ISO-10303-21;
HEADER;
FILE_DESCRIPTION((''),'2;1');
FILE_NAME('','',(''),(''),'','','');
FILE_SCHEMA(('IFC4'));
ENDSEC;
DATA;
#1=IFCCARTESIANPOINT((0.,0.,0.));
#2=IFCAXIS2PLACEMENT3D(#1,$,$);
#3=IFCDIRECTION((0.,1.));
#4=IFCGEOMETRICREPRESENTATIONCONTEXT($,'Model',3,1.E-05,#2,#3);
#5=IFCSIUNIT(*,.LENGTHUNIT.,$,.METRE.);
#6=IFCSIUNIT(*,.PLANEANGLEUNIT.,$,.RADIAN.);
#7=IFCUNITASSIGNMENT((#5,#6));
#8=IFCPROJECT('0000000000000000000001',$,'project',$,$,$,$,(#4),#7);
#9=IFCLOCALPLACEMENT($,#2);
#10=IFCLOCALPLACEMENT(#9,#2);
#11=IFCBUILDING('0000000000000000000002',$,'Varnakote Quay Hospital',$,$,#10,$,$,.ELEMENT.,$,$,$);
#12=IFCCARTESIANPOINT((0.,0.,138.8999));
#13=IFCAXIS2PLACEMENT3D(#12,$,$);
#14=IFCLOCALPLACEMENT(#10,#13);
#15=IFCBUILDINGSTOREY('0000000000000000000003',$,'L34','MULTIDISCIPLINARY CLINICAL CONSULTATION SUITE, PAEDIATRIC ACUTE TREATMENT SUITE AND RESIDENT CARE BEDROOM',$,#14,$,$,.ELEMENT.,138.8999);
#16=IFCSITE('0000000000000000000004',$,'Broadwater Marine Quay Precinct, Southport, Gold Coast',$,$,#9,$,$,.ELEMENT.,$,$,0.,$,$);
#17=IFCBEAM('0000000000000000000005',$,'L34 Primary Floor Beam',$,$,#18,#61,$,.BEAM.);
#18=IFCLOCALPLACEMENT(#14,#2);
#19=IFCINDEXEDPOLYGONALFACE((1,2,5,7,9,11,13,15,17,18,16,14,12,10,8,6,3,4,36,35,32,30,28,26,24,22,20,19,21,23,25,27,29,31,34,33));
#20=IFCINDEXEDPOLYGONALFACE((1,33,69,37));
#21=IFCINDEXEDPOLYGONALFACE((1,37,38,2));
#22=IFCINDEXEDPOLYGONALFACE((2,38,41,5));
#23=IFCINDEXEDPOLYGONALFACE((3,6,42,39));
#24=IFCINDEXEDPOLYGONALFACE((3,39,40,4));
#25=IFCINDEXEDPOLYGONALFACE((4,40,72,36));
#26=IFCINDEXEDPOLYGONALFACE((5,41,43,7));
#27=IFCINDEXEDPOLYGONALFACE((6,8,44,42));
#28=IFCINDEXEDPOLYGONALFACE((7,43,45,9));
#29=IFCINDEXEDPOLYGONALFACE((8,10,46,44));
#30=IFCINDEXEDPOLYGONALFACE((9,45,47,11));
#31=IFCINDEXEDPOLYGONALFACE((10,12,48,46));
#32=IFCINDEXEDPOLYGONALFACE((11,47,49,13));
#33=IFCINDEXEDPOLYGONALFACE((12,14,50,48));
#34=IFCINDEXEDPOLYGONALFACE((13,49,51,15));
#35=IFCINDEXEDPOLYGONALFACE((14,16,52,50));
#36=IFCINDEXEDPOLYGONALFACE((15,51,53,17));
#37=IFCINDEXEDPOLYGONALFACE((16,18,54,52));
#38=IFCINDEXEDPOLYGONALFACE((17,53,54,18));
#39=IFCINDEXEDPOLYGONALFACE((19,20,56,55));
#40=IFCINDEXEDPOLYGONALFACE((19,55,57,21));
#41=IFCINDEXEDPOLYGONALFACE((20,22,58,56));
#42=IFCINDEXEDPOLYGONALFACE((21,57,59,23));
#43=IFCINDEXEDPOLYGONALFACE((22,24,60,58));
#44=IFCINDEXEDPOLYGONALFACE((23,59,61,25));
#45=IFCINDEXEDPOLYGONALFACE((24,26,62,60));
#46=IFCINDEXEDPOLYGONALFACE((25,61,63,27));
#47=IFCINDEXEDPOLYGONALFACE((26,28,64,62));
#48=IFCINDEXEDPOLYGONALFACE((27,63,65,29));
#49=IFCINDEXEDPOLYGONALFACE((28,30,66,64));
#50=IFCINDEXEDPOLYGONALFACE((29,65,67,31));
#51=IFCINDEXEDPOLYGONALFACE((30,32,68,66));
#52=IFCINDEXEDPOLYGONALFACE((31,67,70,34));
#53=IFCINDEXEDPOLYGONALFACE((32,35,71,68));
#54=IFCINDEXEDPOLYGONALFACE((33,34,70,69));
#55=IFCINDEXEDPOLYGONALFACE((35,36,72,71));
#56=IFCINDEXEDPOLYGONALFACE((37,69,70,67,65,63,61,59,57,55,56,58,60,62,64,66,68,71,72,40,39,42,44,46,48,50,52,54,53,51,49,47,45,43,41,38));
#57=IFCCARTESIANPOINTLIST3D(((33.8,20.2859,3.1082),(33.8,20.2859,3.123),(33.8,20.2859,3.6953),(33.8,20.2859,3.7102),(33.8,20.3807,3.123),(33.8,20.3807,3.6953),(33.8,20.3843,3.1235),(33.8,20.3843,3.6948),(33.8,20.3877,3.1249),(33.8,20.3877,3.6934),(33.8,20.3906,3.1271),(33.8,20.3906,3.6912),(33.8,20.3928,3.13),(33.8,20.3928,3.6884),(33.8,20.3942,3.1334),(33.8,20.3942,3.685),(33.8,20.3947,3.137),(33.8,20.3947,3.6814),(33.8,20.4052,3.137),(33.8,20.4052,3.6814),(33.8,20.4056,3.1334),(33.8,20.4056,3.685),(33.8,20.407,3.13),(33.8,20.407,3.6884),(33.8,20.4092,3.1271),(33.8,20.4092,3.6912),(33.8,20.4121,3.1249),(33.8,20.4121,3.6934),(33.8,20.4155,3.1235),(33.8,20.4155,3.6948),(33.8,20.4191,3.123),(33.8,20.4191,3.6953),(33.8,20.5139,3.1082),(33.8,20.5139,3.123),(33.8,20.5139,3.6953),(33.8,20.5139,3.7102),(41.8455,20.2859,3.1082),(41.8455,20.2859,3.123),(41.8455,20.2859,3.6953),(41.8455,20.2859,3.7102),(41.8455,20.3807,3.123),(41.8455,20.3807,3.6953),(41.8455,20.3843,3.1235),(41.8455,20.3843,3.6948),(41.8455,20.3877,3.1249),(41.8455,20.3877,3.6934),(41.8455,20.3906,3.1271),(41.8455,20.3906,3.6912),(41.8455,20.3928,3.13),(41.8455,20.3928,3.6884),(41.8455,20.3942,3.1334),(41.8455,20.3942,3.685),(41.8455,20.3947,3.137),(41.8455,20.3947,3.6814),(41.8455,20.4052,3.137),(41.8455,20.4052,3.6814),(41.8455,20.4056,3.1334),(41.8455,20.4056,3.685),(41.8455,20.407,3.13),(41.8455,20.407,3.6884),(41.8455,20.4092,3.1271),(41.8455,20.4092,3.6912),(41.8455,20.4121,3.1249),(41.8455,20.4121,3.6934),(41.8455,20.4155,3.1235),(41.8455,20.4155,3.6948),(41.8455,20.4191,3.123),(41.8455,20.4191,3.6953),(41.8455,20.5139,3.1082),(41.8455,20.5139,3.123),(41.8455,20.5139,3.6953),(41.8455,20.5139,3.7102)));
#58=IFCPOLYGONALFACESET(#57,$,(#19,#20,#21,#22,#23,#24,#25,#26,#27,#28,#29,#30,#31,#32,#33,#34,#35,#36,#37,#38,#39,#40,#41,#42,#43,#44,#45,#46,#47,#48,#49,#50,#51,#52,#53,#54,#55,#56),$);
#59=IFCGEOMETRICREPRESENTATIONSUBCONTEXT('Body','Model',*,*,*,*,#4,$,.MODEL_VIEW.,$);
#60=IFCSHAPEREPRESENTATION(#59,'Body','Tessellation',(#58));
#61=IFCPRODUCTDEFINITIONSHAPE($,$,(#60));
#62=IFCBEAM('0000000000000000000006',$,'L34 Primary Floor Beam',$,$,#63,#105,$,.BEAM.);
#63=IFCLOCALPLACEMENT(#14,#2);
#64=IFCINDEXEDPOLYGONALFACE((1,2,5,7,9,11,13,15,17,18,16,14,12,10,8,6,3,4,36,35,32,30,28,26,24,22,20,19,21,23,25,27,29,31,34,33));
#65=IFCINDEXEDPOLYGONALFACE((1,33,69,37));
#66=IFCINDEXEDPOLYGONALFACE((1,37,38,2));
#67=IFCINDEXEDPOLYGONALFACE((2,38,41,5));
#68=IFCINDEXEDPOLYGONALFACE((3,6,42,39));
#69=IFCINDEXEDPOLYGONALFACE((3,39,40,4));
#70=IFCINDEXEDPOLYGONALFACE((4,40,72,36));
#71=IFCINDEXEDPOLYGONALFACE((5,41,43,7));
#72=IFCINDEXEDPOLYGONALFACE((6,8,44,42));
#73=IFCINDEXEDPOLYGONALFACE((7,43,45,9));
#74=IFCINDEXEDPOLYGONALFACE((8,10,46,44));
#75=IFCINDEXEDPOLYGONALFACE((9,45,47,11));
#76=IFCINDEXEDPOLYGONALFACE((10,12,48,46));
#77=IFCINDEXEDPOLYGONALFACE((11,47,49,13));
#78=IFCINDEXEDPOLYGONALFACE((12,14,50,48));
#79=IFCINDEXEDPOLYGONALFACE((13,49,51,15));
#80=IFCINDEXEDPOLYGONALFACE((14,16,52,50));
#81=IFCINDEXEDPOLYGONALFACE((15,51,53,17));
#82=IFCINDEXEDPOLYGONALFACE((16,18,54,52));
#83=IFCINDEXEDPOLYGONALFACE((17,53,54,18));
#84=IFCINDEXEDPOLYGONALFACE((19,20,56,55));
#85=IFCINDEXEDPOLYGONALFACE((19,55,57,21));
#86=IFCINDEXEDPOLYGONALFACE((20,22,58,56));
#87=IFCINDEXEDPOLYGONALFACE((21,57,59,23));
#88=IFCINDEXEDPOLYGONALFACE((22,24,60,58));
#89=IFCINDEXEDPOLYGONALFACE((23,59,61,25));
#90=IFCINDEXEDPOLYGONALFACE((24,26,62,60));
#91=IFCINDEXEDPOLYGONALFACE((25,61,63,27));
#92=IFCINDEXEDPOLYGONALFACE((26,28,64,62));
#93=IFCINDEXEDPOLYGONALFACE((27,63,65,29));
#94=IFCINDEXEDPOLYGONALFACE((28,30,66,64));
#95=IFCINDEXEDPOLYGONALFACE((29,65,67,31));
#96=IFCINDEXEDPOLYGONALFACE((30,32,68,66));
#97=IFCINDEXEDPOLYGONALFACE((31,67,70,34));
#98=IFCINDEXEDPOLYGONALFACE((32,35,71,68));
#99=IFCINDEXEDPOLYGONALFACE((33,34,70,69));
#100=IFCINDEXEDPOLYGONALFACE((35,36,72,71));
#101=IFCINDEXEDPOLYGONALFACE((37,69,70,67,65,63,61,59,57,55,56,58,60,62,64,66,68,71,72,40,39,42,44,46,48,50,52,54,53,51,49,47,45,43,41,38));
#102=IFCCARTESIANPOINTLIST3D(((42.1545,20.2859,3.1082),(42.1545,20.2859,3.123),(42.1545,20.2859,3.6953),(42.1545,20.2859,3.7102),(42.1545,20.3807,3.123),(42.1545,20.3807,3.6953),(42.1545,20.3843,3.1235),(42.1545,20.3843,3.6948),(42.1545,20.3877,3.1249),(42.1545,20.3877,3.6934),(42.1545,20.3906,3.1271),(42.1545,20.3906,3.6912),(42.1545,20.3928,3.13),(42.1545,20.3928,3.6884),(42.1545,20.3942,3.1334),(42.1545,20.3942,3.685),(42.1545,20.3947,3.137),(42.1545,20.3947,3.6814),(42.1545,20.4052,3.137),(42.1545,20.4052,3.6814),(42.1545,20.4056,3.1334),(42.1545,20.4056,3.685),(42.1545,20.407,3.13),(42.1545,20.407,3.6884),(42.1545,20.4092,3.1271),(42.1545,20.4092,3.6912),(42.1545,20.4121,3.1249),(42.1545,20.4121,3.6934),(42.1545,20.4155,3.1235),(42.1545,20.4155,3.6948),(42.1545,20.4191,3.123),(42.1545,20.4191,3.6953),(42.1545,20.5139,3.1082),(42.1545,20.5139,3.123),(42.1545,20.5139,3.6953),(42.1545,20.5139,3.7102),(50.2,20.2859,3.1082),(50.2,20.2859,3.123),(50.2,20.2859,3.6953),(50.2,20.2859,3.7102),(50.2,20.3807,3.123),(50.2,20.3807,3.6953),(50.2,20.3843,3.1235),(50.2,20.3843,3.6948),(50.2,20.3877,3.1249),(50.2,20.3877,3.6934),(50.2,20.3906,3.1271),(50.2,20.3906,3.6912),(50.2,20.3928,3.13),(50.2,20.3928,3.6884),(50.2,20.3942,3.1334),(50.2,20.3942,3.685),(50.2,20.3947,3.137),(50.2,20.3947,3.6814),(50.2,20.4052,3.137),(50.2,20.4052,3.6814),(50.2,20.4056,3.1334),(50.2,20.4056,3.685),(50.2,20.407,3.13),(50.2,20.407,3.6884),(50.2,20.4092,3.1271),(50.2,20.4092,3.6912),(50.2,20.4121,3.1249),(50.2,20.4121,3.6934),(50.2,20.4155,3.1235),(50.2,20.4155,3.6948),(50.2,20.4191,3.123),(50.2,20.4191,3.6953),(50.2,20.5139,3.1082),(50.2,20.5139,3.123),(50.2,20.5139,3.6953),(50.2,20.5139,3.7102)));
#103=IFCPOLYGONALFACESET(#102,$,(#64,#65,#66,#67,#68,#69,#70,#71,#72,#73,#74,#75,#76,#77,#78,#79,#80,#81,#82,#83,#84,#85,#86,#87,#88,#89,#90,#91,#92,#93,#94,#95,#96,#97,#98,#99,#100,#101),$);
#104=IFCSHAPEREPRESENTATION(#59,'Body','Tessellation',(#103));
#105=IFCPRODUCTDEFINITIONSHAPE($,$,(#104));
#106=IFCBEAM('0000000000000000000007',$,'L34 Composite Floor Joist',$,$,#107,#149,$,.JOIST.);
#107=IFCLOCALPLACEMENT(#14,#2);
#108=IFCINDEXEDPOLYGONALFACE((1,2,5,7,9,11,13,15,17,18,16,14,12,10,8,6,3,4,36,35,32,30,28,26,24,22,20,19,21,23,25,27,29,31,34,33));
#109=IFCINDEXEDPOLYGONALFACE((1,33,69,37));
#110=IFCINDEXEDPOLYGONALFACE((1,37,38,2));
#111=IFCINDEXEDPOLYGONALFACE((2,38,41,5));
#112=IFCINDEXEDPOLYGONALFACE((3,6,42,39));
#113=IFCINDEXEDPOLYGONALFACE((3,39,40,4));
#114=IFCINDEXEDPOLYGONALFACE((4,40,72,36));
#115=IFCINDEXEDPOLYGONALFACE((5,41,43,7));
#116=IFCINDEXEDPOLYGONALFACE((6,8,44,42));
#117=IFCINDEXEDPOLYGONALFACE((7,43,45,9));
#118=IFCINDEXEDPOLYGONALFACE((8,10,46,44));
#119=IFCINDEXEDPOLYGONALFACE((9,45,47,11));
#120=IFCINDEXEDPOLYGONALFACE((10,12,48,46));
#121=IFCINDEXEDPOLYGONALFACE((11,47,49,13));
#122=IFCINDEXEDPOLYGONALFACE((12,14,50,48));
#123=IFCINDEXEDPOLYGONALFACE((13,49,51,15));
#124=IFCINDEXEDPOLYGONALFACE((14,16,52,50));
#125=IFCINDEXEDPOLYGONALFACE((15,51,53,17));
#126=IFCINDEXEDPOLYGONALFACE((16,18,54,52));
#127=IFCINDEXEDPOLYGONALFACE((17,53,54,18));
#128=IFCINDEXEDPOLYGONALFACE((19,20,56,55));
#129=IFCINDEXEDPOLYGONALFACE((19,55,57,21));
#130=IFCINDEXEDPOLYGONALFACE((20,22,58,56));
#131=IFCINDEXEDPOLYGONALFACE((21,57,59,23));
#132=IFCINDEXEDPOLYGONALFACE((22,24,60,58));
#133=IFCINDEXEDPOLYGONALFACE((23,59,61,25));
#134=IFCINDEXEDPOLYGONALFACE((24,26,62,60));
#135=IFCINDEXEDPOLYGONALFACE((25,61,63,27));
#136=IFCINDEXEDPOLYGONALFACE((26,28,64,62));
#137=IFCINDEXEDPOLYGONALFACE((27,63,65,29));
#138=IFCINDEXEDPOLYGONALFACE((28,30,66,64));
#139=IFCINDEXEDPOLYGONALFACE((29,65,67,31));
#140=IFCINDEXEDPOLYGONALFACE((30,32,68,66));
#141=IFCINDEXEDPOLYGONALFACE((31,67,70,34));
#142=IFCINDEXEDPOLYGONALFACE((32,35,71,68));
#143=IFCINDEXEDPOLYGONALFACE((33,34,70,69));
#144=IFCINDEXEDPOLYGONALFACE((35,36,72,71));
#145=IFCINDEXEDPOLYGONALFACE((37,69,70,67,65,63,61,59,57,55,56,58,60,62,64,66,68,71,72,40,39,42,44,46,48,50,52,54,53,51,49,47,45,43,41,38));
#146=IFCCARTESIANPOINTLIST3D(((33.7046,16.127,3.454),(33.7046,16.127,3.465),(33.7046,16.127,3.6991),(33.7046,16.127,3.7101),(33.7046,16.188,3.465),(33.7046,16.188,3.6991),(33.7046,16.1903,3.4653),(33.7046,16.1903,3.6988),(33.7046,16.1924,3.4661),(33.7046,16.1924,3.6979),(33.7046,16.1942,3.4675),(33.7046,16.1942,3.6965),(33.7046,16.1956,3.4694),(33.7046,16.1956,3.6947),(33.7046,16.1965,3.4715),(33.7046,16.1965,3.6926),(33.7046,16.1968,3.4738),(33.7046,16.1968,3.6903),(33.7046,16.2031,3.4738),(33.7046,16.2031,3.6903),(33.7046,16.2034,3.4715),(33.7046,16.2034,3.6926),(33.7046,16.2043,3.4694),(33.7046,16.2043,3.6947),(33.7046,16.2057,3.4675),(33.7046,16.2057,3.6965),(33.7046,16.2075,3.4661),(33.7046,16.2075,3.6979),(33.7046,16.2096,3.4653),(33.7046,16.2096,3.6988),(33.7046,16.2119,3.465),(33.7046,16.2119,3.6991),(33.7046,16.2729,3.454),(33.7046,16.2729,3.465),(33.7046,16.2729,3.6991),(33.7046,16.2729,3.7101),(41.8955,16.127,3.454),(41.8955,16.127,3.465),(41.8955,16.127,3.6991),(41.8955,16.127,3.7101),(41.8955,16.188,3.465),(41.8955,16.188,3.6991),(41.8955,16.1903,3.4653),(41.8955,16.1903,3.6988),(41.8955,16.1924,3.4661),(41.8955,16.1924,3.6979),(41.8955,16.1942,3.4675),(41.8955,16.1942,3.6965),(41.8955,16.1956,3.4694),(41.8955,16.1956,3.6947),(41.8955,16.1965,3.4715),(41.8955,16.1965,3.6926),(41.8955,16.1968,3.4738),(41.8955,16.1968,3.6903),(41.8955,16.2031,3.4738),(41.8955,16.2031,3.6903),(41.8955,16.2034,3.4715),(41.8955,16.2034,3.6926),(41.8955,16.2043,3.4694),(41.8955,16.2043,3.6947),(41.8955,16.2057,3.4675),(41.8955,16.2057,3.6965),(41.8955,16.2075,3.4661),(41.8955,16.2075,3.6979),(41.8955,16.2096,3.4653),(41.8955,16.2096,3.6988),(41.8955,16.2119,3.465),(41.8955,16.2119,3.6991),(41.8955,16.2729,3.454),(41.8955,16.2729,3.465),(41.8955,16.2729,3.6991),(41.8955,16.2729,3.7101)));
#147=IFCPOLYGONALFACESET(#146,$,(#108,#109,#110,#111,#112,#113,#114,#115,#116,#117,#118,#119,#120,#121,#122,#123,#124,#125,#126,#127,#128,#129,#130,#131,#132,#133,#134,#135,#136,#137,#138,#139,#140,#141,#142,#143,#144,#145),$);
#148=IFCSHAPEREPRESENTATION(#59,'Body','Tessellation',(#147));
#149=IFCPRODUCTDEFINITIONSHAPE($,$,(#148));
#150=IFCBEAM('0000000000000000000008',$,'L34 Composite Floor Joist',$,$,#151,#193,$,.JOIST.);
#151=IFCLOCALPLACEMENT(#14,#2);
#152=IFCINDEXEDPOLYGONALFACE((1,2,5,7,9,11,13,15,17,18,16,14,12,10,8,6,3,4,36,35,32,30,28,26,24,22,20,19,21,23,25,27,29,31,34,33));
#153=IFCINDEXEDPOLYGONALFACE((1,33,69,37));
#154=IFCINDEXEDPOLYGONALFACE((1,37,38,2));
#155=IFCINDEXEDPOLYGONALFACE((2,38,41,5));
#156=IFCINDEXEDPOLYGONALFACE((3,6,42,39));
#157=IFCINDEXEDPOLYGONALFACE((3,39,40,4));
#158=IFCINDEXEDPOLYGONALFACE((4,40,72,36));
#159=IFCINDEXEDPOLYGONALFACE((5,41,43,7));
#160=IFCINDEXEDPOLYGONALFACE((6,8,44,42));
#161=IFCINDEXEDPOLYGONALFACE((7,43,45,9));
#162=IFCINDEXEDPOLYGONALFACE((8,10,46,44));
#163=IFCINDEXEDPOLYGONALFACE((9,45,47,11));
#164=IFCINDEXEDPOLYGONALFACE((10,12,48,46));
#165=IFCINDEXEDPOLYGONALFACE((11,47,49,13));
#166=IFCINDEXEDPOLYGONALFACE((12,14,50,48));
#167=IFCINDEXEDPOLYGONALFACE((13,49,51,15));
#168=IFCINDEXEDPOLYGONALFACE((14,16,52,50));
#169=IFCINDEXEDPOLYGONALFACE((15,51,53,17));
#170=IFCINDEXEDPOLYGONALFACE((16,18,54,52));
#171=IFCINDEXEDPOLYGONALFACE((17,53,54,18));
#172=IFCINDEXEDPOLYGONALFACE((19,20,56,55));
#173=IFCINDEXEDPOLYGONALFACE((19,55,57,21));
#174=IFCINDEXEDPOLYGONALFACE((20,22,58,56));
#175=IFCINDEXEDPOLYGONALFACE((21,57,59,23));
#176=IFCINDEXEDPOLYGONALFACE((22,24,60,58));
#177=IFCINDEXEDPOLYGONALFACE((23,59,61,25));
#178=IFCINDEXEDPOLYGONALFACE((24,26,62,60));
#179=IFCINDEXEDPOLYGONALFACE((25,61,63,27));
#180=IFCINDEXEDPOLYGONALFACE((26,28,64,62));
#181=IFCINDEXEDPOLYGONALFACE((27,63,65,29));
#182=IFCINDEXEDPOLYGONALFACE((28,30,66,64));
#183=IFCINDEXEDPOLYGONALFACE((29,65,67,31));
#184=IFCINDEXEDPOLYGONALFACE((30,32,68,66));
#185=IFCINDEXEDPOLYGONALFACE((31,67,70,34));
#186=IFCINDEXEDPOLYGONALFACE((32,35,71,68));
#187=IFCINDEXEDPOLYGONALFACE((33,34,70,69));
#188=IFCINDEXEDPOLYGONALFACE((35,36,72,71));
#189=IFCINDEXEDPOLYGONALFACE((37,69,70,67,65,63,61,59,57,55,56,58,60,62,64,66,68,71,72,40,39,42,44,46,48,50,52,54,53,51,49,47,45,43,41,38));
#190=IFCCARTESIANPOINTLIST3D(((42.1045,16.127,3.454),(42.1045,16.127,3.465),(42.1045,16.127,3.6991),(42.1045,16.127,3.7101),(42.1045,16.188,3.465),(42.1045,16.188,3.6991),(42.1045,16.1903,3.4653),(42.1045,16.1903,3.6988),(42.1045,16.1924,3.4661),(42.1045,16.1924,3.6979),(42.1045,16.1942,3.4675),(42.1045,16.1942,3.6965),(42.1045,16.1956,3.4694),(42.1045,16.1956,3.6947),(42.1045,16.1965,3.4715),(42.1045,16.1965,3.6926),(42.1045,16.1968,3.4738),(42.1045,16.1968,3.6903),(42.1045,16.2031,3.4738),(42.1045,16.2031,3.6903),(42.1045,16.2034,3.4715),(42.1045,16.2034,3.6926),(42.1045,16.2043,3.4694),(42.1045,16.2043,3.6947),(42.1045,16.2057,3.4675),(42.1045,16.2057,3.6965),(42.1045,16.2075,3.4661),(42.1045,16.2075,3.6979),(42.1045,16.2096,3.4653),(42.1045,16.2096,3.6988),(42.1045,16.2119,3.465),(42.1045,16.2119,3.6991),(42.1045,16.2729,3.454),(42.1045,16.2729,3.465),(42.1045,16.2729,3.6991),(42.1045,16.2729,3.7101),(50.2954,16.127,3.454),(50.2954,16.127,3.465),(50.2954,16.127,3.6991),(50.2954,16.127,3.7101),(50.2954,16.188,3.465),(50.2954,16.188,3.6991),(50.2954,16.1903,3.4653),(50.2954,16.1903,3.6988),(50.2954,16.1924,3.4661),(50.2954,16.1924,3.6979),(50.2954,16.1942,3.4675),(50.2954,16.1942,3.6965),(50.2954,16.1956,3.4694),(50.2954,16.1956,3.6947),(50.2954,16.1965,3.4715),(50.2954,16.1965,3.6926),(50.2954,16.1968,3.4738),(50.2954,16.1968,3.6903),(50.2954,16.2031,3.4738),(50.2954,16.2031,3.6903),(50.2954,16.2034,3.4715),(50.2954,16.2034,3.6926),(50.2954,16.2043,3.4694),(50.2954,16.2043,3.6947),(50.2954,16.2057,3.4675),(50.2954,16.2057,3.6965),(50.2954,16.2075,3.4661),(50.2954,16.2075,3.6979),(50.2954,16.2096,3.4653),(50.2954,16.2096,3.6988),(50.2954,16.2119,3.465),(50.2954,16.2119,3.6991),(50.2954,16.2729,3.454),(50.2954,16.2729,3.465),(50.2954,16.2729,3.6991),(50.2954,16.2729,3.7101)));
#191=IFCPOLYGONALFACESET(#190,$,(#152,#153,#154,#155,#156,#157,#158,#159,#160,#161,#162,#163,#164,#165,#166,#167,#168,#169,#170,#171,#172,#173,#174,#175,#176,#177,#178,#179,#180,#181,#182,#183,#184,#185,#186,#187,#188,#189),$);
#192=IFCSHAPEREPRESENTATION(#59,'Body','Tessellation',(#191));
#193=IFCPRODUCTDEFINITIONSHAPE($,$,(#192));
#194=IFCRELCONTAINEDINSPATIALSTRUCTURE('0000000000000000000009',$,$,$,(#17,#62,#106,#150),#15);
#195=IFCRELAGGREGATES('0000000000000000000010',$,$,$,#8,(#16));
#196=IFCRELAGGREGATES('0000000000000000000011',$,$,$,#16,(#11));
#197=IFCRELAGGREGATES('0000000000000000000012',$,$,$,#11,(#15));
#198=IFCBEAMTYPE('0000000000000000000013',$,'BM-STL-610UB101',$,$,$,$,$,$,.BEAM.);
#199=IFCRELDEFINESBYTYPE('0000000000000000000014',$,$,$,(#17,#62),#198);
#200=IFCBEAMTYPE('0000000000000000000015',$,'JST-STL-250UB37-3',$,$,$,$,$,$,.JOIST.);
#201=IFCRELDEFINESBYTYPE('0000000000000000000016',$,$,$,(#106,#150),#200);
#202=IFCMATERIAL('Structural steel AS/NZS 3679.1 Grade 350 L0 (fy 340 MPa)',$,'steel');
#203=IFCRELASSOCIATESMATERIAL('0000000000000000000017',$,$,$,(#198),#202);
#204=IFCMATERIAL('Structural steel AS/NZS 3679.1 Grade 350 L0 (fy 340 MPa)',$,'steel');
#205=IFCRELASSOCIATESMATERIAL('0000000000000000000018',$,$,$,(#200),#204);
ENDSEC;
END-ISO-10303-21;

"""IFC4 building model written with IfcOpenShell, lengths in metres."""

from ifc_helpers import new_model, si_unit, direction, frame, origin, origin_2d, place, context, subcontext, project, spatial, i_section, extrude, material, material_profile, profile_set, type_object, element, save


model = new_model("IFC4")

# Units and contexts
model_context = context("Model", 3, precision=1e-05, world=origin(), true_north=direction((0.0, 1.0)))
body_context = subcontext(model_context, "Body", "Model", "MODEL_VIEW")
ifc_project = project(units=[si_unit("LENGTHUNIT", "METRE"), si_unit("PLANEANGLEUNIT", "RADIAN")], contexts=[model_context])

# Site, building, storey
site_placement = place(None, origin())
site = spatial("IfcSite", under=ifc_project, at=site_placement, Name="Broadwater Marine Quay Precinct, Southport, Gold Coast", CompositionType="ELEMENT", RefElevation=0.0)
building_placement = place(site_placement, origin())
building = spatial("IfcBuilding", under=site, at=building_placement, Name="Varnakote Quay Hospital", CompositionType="ELEMENT")
storey_placement = place(building_placement, frame((0.0, 0.0, 138.8999)))
storey = spatial("IfcBuildingStorey", under=building, at=storey_placement, Name="L34", Description="MULTIDISCIPLINARY CLINICAL CONSULTATION SUITE, PAEDIATRIC ACUTE TREATMENT SUITE AND RESIDENT CARE BEDROOM", CompositionType="ELEMENT", Elevation=138.8999)

# Beams
ifc_material_1 = material(Name="Structural steel AS/NZS 3679.1 Grade 350 L0 (fy 340 MPa)", Category="steel")
ifc_material_profile_1 = material_profile(ifc_material_1, i_section(OverallWidth=0.228, OverallDepth=0.6021, WebThickness=0.0105, FlangeThickness=0.0149, FilletRadius=0.0139, at=origin_2d()), Name="610UB101")
ifc_profile_set_1 = profile_set([ifc_material_profile_1], Name="Structural steel AS/NZS 3679.1 Grade 350 L0 (fy 340 MPa)")
beam_type_1 = type_object("IfcBeamType", Name="BM-STL-610UB101", PredefinedType="BEAM", material=ifc_profile_set_1)
for number, where, z_axis, x_axis, name in (
    (1, (33.8, 20.3999, 3.4092), (1.0, 0.0, 0.0), (0.0, 1.0, 0.0), "L34 Primary Floor Beam"),
    (2, (42.1545, 20.3999, 3.4092), (1.0, 0.0, 0.0), (0.0, 1.0, 0.0), "L34 Primary Floor Beam"),
):
    element("IfcBeam", number, at=place(storey_placement, frame(where, z_axis=z_axis, x_axis=x_axis)), inside=storey, type_object=beam_type_1, Name=name, PredefinedType="BEAM", context=body_context, shape_type="SweptSolid", body=[
        extrude(i_section(OverallWidth=0.228, OverallDepth=0.6021, WebThickness=0.0105, FlangeThickness=0.0149, FilletRadius=0.0139, at=origin_2d()), origin(), (0.0, 0.0, 1.0), 8.0454),
    ])
ifc_material_2 = material(Name="Structural steel AS/NZS 3679.1 Grade 350 L0 (fy 340 MPa)", Category="steel")
ifc_material_profile_2 = material_profile(ifc_material_2, i_section(OverallWidth=0.146, OverallDepth=0.2561, WebThickness=0.0063, FlangeThickness=0.011, FilletRadius=0.0088, at=origin_2d()), Name="250UB37.3")
ifc_profile_set_2 = profile_set([ifc_material_profile_2], Name="Structural steel AS/NZS 3679.1 Grade 350 L0 (fy 340 MPa)")
beam_type_2 = type_object("IfcBeamType", Name="JST-STL-250UB37-3", PredefinedType="JOIST", material=ifc_profile_set_2)
for number, where, z_axis, x_axis, name in (
    (3, (33.7046, 16.2, 3.582), (1.0, 0.0, 0.0), (0.0, 1.0, 0.0), "L34 Composite Floor Joist"),
    (4, (42.1045, 16.2, 3.582), (1.0, 0.0, 0.0), (0.0, 1.0, 0.0), "L34 Composite Floor Joist"),
):
    element("IfcBeam", number, at=place(storey_placement, frame(where, z_axis=z_axis, x_axis=x_axis)), inside=storey, type_object=beam_type_2, Name=name, PredefinedType="JOIST", context=body_context, shape_type="SweptSolid", body=[
        extrude(i_section(OverallWidth=0.146, OverallDepth=0.2561, WebThickness=0.0063, FlangeThickness=0.011, FilletRadius=0.0088, at=origin_2d()), origin(), (0.0, 0.0, 1.0), 8.1909),
    ])

save(model, "model.ifc")
